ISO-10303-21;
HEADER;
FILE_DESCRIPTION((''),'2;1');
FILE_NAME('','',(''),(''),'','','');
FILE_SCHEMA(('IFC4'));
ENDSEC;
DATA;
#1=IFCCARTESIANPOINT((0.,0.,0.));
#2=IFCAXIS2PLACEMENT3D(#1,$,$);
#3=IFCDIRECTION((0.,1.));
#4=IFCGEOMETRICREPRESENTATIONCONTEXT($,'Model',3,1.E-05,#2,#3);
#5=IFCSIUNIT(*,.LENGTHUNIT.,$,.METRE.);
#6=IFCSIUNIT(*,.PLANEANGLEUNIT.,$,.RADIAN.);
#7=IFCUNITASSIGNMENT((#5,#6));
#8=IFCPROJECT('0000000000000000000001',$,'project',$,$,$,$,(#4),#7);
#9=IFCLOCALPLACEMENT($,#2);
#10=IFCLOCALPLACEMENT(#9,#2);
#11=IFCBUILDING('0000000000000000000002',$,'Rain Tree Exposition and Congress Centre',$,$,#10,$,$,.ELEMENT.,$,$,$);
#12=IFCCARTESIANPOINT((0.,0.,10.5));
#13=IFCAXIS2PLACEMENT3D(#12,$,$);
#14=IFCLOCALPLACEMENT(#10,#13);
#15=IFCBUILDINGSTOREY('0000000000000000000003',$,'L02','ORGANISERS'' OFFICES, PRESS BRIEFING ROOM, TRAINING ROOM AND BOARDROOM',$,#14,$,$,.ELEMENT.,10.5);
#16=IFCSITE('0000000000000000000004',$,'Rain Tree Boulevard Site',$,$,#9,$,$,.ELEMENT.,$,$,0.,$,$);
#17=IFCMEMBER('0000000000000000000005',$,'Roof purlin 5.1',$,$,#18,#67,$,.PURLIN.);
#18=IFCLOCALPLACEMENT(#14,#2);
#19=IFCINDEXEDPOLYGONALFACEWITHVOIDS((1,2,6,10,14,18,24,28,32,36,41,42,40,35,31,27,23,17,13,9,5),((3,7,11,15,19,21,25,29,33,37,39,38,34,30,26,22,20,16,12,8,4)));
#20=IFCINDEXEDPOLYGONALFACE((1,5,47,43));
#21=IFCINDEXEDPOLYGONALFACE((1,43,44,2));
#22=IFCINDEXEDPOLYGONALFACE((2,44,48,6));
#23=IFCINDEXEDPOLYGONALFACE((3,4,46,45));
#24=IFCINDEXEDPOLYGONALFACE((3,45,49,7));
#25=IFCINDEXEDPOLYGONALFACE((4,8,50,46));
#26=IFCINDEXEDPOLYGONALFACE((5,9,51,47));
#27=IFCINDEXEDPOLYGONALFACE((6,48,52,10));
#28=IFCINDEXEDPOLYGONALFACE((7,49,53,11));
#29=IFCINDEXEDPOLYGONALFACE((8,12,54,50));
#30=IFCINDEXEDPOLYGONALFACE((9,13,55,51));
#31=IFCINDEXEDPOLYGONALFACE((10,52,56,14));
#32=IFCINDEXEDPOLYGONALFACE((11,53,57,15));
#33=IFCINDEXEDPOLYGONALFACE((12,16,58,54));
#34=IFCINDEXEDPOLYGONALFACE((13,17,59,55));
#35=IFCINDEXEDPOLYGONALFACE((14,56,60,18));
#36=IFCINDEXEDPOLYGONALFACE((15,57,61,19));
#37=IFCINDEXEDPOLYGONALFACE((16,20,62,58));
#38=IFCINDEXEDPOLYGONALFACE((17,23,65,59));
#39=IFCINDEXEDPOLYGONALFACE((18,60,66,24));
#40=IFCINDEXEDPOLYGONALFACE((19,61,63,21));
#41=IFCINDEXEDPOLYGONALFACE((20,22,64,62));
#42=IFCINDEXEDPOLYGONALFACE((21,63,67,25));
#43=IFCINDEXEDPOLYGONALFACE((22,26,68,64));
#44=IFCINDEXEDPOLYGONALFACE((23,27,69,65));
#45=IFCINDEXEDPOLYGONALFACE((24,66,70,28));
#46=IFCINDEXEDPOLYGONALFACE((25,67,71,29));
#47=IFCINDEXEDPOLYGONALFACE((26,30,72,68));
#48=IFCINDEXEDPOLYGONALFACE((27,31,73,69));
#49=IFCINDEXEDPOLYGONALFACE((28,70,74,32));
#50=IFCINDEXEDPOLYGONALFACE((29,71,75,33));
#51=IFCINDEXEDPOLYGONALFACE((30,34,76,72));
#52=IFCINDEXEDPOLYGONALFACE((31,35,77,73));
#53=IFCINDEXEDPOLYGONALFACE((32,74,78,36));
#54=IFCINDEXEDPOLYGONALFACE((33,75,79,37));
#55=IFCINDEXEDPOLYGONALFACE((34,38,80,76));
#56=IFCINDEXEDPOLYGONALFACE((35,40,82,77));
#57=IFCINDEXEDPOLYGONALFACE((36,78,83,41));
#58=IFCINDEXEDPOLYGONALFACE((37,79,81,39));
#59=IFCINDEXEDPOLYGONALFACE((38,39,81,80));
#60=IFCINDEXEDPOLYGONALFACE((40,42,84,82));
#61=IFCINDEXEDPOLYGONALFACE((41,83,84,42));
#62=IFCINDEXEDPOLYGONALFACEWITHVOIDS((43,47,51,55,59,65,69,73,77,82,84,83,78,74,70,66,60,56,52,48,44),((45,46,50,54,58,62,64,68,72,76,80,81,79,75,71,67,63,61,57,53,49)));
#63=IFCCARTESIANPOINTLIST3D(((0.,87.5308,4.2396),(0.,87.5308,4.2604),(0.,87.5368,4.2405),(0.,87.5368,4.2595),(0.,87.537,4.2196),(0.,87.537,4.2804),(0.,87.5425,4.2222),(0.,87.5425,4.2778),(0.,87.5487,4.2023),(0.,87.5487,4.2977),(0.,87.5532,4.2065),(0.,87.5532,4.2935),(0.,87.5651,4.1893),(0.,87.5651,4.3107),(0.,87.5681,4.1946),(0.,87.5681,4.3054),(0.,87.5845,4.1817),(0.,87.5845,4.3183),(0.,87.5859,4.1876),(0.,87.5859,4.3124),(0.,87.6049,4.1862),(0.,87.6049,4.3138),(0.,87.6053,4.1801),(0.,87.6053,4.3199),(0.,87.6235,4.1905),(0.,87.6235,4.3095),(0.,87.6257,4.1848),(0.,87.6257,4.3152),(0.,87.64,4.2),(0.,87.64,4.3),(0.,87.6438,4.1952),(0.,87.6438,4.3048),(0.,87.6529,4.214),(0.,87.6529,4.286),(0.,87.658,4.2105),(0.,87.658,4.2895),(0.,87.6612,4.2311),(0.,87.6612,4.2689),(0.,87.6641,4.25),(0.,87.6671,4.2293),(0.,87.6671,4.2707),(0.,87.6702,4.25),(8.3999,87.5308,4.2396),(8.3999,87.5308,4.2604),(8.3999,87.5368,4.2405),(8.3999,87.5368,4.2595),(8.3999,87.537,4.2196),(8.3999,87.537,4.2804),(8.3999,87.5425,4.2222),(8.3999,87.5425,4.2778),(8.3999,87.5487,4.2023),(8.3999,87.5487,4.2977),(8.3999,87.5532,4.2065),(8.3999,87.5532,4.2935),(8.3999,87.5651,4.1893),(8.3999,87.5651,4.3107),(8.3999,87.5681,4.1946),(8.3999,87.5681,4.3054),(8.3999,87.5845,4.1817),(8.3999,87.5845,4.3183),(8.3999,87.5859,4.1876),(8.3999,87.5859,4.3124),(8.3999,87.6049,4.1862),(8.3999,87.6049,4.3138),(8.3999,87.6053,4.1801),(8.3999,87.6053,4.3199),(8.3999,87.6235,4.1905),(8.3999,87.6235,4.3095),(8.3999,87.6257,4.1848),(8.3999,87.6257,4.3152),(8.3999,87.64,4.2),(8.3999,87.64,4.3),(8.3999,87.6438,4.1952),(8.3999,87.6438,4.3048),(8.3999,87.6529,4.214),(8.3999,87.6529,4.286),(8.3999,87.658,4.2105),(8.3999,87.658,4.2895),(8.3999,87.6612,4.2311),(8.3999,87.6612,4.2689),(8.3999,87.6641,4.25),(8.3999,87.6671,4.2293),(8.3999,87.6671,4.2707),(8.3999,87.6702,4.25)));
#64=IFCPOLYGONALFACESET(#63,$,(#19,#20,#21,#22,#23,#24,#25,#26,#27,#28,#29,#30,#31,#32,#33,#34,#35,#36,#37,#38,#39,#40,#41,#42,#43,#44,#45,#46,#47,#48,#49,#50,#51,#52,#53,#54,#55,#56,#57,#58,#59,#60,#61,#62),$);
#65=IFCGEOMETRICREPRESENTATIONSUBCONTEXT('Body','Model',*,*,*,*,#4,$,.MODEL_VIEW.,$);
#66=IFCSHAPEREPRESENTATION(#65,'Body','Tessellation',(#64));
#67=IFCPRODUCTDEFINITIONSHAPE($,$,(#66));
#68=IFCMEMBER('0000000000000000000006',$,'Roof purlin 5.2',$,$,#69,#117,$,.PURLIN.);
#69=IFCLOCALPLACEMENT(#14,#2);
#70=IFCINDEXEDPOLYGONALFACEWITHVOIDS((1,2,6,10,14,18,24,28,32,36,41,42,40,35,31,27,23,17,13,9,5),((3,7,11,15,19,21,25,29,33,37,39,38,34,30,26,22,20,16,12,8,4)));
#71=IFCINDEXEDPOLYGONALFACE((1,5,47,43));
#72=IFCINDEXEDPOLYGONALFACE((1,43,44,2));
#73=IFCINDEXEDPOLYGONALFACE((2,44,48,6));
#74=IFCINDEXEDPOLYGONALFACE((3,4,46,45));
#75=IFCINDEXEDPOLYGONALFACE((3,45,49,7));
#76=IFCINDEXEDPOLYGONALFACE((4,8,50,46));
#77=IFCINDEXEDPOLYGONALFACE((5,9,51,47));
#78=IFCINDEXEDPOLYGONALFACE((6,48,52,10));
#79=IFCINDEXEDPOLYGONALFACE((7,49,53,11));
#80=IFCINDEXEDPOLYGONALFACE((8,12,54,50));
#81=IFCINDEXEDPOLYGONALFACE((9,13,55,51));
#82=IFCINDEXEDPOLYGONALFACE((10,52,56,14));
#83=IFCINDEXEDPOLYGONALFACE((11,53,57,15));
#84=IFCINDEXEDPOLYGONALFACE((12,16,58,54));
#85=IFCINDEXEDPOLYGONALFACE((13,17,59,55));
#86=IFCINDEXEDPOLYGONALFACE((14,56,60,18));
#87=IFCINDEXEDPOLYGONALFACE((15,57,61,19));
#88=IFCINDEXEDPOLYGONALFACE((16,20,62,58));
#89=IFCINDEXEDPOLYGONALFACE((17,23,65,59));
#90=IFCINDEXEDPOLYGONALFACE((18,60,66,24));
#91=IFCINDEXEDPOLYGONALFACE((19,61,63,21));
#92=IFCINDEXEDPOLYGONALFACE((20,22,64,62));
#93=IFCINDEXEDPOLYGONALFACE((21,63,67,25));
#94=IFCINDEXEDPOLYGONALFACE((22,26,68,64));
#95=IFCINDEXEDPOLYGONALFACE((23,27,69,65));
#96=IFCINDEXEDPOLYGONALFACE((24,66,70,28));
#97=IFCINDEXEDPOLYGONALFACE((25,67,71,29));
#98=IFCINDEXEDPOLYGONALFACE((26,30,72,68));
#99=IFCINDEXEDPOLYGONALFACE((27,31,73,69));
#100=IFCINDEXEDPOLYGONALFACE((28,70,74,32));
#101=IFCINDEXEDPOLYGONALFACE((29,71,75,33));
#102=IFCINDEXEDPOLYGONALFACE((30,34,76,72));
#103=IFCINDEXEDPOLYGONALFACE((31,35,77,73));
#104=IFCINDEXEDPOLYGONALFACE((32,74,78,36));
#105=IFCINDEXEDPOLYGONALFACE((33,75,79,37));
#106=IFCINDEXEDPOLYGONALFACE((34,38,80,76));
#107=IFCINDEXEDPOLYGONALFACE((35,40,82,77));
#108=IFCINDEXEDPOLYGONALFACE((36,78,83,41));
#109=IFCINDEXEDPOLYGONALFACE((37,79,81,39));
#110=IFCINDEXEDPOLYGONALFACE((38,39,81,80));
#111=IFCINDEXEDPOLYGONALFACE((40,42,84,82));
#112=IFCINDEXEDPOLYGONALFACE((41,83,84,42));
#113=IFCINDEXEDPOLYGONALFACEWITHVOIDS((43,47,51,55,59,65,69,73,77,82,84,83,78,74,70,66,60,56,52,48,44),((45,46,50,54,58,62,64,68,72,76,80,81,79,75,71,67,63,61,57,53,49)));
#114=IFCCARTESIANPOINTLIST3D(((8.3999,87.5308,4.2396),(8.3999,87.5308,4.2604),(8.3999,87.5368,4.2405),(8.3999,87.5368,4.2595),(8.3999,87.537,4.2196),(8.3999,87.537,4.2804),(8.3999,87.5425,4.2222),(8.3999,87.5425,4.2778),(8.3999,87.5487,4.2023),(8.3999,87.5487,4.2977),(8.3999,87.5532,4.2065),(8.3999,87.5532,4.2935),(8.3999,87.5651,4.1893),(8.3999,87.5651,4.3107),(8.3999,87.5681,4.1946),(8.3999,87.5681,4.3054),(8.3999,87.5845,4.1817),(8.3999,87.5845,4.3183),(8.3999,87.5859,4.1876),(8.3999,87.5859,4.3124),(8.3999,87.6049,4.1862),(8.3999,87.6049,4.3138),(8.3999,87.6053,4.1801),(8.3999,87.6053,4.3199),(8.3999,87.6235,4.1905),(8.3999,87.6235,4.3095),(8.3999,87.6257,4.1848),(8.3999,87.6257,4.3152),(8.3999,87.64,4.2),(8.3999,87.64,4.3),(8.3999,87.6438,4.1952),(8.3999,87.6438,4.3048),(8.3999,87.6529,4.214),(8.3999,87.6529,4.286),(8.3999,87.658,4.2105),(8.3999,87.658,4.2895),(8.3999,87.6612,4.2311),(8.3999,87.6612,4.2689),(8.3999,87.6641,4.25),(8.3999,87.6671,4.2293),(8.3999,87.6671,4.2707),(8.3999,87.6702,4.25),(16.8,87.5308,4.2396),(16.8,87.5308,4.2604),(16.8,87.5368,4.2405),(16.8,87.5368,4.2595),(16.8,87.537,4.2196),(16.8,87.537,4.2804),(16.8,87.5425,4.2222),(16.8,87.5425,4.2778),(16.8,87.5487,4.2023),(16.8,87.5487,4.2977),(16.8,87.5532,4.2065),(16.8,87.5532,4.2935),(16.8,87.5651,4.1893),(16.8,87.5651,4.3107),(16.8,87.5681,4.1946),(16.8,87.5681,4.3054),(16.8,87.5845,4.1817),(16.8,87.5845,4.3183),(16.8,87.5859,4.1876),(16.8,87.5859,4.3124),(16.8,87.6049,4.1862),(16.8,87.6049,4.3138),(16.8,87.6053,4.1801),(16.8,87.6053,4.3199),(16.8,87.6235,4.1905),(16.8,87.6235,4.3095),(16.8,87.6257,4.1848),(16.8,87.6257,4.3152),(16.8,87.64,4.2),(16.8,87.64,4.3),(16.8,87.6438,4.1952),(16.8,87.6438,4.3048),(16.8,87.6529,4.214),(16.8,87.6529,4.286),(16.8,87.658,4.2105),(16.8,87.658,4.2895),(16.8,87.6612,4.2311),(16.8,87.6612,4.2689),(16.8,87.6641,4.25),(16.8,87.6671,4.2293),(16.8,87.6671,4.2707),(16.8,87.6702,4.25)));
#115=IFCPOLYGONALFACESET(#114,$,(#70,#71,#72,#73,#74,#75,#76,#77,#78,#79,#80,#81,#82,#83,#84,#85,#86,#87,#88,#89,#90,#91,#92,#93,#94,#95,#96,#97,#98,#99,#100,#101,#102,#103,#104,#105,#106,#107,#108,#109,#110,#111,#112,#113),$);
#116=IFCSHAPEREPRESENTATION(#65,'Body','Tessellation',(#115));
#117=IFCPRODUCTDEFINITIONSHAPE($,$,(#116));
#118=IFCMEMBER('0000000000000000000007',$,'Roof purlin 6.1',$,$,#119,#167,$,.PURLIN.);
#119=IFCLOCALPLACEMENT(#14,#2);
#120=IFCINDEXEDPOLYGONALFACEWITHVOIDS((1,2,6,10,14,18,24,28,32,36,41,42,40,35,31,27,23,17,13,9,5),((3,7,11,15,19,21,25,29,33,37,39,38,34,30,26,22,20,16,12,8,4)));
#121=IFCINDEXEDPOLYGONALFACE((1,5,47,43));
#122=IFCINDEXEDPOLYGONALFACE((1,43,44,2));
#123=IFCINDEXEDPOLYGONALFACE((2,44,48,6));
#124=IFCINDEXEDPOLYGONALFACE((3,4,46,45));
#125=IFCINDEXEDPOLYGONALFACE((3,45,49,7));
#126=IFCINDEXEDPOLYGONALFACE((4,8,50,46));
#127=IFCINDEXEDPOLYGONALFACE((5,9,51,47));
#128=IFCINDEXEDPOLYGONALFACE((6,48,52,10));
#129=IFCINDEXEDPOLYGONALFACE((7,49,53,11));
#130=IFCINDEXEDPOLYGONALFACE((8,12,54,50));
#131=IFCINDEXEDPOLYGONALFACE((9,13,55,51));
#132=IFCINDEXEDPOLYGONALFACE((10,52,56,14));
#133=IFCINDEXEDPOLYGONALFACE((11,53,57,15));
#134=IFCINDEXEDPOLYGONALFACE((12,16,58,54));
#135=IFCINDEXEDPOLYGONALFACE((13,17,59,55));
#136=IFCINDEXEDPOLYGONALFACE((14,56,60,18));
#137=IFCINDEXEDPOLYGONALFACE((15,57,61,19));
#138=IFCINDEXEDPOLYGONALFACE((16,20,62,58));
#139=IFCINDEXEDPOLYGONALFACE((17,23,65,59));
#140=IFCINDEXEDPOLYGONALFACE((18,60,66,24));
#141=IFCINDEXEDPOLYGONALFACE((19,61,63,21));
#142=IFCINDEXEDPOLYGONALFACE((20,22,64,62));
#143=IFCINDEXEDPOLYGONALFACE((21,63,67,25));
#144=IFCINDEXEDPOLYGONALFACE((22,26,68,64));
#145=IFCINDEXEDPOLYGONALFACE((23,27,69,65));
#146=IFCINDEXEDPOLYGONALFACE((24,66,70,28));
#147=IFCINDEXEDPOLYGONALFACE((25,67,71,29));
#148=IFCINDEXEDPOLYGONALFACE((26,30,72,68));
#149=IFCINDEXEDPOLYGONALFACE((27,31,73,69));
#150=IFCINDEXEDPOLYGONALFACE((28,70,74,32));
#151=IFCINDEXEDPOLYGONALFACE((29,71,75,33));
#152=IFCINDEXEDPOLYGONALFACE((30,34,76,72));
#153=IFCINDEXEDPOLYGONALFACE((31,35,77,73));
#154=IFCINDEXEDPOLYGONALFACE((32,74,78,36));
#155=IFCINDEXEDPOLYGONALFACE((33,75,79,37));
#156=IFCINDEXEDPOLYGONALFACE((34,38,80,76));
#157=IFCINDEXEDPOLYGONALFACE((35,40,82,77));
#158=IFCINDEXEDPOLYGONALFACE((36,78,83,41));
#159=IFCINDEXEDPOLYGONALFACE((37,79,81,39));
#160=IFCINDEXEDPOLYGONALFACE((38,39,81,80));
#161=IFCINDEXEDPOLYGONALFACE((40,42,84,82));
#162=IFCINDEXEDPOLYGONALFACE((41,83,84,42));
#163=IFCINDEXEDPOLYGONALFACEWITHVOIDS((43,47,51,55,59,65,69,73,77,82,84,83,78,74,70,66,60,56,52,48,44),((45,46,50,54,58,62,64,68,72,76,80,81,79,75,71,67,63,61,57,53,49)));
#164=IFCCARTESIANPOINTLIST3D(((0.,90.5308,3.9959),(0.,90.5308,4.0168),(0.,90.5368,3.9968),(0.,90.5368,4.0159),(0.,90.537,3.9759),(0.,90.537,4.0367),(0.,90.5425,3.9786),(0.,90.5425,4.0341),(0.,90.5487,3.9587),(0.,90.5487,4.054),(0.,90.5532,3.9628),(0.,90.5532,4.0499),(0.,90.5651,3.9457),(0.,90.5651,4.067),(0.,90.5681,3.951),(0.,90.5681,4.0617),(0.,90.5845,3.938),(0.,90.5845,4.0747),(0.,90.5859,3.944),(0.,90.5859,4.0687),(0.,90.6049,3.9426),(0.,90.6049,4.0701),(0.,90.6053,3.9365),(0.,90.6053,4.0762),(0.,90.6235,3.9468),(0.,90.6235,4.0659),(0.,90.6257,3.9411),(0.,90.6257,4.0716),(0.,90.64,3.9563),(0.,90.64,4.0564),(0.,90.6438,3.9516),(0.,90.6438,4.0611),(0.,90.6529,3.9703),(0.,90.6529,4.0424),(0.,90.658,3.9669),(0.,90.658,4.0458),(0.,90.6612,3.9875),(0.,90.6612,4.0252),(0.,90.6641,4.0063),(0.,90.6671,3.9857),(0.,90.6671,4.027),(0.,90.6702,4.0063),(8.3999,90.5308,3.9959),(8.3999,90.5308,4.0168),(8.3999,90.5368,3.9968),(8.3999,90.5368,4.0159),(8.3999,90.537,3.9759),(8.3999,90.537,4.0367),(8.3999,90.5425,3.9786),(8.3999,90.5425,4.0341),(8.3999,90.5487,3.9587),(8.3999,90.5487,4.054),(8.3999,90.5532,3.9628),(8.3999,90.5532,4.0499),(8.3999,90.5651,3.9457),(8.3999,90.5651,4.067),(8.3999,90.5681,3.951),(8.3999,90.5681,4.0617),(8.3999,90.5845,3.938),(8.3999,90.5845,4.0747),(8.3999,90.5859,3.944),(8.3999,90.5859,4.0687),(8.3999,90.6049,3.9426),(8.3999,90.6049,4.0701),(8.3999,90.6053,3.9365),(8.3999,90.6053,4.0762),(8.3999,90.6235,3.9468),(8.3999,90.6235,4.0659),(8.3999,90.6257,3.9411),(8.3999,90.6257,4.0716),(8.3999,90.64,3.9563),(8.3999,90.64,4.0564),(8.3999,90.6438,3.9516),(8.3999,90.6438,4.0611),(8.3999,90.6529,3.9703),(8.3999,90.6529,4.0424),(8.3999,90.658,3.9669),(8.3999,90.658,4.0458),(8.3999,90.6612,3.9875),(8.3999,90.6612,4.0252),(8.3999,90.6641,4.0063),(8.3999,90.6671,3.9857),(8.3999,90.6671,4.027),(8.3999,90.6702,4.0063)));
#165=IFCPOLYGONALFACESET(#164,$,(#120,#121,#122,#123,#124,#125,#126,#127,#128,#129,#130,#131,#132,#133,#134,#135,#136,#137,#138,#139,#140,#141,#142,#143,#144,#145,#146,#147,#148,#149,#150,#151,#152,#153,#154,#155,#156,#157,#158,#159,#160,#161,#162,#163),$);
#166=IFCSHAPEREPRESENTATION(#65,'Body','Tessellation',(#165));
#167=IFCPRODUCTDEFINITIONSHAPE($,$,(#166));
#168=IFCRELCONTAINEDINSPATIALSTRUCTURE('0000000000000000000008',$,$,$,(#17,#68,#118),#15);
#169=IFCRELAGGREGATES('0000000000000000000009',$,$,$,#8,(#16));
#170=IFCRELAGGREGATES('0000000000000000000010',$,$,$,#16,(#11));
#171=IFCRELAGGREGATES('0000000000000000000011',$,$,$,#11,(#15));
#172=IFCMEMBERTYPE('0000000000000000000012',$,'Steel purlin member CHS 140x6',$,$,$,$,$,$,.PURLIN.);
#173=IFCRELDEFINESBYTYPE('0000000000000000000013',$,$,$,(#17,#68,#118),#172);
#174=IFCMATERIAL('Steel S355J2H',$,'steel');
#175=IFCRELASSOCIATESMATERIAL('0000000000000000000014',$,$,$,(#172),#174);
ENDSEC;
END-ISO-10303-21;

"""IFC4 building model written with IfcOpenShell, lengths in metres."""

from ifc_helpers import new_model, si_unit, direction, frame, origin, origin_2d, place, context, subcontext, project, spatial, hollow_circle, extrude, material, material_profile, profile_set, type_object, element, save


model = new_model("IFC4")

# Units and contexts
model_context = context("Model", 3, precision=1e-05, world=origin(), true_north=direction((0.0, 1.0)))
body_context = subcontext(model_context, "Body", "Model", "MODEL_VIEW")
ifc_project = project(units=[si_unit("LENGTHUNIT", "METRE"), si_unit("PLANEANGLEUNIT", "RADIAN")], contexts=[model_context])

# Site, building, storey
site_placement = place(None, origin())
site = spatial("IfcSite", under=ifc_project, at=site_placement, Name="Rain Tree Boulevard Site", CompositionType="ELEMENT", RefElevation=0.0)
building_placement = place(site_placement, origin())
building = spatial("IfcBuilding", under=site, at=building_placement, Name="Rain Tree Exposition and Congress Centre", CompositionType="ELEMENT")
storey_placement = place(building_placement, frame((0.0, 0.0, 10.5)))
storey = spatial("IfcBuildingStorey", under=building, at=storey_placement, Name="L02", Description="ORGANISERS' OFFICES, PRESS BRIEFING ROOM, TRAINING ROOM AND BOARDROOM", CompositionType="ELEMENT", Elevation=10.5)

# Members
ifc_material_1 = material(Name="Steel S355J2H", Category="steel")
ifc_material_profile_1 = material_profile(ifc_material_1, hollow_circle(Radius=0.0701, WallThickness=0.0061, at=origin_2d()), Name="CHS 140x6")
ifc_profile_set_1 = profile_set([ifc_material_profile_1], Name="Steel S355J2H")
member_type_1 = type_object("IfcMemberType", Name="Steel purlin member CHS 140x6", PredefinedType="PURLIN", material=ifc_profile_set_1)
member_1_placement = place(storey_placement, frame((0.0, 87.6001, 4.25), z_axis=(1.0, 0.0, 0.0), x_axis=(0.0, 1.0, 0.0)))
element("IfcMember", 1, at=member_1_placement, inside=storey, type_object=member_type_1, Name="Roof purlin 5.1", PredefinedType="PURLIN", context=body_context, shape_type="SweptSolid", body=[
    extrude(hollow_circle(Radius=0.0701, WallThickness=0.0061, at=origin_2d()), origin(), (0.0, 0.0, 1.0), 8.3999),
])
member_2_placement = place(storey_placement, frame((8.3999, 87.6001, 4.25), z_axis=(1.0, 0.0, 0.0), x_axis=(0.0, 1.0, 0.0)))
element("IfcMember", 2, at=member_2_placement, inside=storey, type_object=member_type_1, Name="Roof purlin 5.2", PredefinedType="PURLIN", context=body_context, shape_type="SweptSolid", body=[
    extrude(hollow_circle(Radius=0.0701, WallThickness=0.0061, at=origin_2d()), origin(), (0.0, 0.0, 1.0), 8.4001),
])
for number, where, z_axis, x_axis, name in (
    (3, (0.0, 90.6001, 4.0063), (1.0, 0.0, 0.0), (0.0, 1.0, 0.0), "Roof purlin 6.1"),
):
    element("IfcMember", number, at=place(storey_placement, frame(where, z_axis=z_axis, x_axis=x_axis)), inside=storey, type_object=member_type_1, Name=name, PredefinedType="PURLIN", context=body_context, shape_type="SweptSolid", body=[
        extrude(hollow_circle(Radius=0.0701, WallThickness=0.0061, at=origin_2d()), origin(), (0.0, 0.0, 1.0), 8.3999),
    ])

save(model, "model.ifc")
